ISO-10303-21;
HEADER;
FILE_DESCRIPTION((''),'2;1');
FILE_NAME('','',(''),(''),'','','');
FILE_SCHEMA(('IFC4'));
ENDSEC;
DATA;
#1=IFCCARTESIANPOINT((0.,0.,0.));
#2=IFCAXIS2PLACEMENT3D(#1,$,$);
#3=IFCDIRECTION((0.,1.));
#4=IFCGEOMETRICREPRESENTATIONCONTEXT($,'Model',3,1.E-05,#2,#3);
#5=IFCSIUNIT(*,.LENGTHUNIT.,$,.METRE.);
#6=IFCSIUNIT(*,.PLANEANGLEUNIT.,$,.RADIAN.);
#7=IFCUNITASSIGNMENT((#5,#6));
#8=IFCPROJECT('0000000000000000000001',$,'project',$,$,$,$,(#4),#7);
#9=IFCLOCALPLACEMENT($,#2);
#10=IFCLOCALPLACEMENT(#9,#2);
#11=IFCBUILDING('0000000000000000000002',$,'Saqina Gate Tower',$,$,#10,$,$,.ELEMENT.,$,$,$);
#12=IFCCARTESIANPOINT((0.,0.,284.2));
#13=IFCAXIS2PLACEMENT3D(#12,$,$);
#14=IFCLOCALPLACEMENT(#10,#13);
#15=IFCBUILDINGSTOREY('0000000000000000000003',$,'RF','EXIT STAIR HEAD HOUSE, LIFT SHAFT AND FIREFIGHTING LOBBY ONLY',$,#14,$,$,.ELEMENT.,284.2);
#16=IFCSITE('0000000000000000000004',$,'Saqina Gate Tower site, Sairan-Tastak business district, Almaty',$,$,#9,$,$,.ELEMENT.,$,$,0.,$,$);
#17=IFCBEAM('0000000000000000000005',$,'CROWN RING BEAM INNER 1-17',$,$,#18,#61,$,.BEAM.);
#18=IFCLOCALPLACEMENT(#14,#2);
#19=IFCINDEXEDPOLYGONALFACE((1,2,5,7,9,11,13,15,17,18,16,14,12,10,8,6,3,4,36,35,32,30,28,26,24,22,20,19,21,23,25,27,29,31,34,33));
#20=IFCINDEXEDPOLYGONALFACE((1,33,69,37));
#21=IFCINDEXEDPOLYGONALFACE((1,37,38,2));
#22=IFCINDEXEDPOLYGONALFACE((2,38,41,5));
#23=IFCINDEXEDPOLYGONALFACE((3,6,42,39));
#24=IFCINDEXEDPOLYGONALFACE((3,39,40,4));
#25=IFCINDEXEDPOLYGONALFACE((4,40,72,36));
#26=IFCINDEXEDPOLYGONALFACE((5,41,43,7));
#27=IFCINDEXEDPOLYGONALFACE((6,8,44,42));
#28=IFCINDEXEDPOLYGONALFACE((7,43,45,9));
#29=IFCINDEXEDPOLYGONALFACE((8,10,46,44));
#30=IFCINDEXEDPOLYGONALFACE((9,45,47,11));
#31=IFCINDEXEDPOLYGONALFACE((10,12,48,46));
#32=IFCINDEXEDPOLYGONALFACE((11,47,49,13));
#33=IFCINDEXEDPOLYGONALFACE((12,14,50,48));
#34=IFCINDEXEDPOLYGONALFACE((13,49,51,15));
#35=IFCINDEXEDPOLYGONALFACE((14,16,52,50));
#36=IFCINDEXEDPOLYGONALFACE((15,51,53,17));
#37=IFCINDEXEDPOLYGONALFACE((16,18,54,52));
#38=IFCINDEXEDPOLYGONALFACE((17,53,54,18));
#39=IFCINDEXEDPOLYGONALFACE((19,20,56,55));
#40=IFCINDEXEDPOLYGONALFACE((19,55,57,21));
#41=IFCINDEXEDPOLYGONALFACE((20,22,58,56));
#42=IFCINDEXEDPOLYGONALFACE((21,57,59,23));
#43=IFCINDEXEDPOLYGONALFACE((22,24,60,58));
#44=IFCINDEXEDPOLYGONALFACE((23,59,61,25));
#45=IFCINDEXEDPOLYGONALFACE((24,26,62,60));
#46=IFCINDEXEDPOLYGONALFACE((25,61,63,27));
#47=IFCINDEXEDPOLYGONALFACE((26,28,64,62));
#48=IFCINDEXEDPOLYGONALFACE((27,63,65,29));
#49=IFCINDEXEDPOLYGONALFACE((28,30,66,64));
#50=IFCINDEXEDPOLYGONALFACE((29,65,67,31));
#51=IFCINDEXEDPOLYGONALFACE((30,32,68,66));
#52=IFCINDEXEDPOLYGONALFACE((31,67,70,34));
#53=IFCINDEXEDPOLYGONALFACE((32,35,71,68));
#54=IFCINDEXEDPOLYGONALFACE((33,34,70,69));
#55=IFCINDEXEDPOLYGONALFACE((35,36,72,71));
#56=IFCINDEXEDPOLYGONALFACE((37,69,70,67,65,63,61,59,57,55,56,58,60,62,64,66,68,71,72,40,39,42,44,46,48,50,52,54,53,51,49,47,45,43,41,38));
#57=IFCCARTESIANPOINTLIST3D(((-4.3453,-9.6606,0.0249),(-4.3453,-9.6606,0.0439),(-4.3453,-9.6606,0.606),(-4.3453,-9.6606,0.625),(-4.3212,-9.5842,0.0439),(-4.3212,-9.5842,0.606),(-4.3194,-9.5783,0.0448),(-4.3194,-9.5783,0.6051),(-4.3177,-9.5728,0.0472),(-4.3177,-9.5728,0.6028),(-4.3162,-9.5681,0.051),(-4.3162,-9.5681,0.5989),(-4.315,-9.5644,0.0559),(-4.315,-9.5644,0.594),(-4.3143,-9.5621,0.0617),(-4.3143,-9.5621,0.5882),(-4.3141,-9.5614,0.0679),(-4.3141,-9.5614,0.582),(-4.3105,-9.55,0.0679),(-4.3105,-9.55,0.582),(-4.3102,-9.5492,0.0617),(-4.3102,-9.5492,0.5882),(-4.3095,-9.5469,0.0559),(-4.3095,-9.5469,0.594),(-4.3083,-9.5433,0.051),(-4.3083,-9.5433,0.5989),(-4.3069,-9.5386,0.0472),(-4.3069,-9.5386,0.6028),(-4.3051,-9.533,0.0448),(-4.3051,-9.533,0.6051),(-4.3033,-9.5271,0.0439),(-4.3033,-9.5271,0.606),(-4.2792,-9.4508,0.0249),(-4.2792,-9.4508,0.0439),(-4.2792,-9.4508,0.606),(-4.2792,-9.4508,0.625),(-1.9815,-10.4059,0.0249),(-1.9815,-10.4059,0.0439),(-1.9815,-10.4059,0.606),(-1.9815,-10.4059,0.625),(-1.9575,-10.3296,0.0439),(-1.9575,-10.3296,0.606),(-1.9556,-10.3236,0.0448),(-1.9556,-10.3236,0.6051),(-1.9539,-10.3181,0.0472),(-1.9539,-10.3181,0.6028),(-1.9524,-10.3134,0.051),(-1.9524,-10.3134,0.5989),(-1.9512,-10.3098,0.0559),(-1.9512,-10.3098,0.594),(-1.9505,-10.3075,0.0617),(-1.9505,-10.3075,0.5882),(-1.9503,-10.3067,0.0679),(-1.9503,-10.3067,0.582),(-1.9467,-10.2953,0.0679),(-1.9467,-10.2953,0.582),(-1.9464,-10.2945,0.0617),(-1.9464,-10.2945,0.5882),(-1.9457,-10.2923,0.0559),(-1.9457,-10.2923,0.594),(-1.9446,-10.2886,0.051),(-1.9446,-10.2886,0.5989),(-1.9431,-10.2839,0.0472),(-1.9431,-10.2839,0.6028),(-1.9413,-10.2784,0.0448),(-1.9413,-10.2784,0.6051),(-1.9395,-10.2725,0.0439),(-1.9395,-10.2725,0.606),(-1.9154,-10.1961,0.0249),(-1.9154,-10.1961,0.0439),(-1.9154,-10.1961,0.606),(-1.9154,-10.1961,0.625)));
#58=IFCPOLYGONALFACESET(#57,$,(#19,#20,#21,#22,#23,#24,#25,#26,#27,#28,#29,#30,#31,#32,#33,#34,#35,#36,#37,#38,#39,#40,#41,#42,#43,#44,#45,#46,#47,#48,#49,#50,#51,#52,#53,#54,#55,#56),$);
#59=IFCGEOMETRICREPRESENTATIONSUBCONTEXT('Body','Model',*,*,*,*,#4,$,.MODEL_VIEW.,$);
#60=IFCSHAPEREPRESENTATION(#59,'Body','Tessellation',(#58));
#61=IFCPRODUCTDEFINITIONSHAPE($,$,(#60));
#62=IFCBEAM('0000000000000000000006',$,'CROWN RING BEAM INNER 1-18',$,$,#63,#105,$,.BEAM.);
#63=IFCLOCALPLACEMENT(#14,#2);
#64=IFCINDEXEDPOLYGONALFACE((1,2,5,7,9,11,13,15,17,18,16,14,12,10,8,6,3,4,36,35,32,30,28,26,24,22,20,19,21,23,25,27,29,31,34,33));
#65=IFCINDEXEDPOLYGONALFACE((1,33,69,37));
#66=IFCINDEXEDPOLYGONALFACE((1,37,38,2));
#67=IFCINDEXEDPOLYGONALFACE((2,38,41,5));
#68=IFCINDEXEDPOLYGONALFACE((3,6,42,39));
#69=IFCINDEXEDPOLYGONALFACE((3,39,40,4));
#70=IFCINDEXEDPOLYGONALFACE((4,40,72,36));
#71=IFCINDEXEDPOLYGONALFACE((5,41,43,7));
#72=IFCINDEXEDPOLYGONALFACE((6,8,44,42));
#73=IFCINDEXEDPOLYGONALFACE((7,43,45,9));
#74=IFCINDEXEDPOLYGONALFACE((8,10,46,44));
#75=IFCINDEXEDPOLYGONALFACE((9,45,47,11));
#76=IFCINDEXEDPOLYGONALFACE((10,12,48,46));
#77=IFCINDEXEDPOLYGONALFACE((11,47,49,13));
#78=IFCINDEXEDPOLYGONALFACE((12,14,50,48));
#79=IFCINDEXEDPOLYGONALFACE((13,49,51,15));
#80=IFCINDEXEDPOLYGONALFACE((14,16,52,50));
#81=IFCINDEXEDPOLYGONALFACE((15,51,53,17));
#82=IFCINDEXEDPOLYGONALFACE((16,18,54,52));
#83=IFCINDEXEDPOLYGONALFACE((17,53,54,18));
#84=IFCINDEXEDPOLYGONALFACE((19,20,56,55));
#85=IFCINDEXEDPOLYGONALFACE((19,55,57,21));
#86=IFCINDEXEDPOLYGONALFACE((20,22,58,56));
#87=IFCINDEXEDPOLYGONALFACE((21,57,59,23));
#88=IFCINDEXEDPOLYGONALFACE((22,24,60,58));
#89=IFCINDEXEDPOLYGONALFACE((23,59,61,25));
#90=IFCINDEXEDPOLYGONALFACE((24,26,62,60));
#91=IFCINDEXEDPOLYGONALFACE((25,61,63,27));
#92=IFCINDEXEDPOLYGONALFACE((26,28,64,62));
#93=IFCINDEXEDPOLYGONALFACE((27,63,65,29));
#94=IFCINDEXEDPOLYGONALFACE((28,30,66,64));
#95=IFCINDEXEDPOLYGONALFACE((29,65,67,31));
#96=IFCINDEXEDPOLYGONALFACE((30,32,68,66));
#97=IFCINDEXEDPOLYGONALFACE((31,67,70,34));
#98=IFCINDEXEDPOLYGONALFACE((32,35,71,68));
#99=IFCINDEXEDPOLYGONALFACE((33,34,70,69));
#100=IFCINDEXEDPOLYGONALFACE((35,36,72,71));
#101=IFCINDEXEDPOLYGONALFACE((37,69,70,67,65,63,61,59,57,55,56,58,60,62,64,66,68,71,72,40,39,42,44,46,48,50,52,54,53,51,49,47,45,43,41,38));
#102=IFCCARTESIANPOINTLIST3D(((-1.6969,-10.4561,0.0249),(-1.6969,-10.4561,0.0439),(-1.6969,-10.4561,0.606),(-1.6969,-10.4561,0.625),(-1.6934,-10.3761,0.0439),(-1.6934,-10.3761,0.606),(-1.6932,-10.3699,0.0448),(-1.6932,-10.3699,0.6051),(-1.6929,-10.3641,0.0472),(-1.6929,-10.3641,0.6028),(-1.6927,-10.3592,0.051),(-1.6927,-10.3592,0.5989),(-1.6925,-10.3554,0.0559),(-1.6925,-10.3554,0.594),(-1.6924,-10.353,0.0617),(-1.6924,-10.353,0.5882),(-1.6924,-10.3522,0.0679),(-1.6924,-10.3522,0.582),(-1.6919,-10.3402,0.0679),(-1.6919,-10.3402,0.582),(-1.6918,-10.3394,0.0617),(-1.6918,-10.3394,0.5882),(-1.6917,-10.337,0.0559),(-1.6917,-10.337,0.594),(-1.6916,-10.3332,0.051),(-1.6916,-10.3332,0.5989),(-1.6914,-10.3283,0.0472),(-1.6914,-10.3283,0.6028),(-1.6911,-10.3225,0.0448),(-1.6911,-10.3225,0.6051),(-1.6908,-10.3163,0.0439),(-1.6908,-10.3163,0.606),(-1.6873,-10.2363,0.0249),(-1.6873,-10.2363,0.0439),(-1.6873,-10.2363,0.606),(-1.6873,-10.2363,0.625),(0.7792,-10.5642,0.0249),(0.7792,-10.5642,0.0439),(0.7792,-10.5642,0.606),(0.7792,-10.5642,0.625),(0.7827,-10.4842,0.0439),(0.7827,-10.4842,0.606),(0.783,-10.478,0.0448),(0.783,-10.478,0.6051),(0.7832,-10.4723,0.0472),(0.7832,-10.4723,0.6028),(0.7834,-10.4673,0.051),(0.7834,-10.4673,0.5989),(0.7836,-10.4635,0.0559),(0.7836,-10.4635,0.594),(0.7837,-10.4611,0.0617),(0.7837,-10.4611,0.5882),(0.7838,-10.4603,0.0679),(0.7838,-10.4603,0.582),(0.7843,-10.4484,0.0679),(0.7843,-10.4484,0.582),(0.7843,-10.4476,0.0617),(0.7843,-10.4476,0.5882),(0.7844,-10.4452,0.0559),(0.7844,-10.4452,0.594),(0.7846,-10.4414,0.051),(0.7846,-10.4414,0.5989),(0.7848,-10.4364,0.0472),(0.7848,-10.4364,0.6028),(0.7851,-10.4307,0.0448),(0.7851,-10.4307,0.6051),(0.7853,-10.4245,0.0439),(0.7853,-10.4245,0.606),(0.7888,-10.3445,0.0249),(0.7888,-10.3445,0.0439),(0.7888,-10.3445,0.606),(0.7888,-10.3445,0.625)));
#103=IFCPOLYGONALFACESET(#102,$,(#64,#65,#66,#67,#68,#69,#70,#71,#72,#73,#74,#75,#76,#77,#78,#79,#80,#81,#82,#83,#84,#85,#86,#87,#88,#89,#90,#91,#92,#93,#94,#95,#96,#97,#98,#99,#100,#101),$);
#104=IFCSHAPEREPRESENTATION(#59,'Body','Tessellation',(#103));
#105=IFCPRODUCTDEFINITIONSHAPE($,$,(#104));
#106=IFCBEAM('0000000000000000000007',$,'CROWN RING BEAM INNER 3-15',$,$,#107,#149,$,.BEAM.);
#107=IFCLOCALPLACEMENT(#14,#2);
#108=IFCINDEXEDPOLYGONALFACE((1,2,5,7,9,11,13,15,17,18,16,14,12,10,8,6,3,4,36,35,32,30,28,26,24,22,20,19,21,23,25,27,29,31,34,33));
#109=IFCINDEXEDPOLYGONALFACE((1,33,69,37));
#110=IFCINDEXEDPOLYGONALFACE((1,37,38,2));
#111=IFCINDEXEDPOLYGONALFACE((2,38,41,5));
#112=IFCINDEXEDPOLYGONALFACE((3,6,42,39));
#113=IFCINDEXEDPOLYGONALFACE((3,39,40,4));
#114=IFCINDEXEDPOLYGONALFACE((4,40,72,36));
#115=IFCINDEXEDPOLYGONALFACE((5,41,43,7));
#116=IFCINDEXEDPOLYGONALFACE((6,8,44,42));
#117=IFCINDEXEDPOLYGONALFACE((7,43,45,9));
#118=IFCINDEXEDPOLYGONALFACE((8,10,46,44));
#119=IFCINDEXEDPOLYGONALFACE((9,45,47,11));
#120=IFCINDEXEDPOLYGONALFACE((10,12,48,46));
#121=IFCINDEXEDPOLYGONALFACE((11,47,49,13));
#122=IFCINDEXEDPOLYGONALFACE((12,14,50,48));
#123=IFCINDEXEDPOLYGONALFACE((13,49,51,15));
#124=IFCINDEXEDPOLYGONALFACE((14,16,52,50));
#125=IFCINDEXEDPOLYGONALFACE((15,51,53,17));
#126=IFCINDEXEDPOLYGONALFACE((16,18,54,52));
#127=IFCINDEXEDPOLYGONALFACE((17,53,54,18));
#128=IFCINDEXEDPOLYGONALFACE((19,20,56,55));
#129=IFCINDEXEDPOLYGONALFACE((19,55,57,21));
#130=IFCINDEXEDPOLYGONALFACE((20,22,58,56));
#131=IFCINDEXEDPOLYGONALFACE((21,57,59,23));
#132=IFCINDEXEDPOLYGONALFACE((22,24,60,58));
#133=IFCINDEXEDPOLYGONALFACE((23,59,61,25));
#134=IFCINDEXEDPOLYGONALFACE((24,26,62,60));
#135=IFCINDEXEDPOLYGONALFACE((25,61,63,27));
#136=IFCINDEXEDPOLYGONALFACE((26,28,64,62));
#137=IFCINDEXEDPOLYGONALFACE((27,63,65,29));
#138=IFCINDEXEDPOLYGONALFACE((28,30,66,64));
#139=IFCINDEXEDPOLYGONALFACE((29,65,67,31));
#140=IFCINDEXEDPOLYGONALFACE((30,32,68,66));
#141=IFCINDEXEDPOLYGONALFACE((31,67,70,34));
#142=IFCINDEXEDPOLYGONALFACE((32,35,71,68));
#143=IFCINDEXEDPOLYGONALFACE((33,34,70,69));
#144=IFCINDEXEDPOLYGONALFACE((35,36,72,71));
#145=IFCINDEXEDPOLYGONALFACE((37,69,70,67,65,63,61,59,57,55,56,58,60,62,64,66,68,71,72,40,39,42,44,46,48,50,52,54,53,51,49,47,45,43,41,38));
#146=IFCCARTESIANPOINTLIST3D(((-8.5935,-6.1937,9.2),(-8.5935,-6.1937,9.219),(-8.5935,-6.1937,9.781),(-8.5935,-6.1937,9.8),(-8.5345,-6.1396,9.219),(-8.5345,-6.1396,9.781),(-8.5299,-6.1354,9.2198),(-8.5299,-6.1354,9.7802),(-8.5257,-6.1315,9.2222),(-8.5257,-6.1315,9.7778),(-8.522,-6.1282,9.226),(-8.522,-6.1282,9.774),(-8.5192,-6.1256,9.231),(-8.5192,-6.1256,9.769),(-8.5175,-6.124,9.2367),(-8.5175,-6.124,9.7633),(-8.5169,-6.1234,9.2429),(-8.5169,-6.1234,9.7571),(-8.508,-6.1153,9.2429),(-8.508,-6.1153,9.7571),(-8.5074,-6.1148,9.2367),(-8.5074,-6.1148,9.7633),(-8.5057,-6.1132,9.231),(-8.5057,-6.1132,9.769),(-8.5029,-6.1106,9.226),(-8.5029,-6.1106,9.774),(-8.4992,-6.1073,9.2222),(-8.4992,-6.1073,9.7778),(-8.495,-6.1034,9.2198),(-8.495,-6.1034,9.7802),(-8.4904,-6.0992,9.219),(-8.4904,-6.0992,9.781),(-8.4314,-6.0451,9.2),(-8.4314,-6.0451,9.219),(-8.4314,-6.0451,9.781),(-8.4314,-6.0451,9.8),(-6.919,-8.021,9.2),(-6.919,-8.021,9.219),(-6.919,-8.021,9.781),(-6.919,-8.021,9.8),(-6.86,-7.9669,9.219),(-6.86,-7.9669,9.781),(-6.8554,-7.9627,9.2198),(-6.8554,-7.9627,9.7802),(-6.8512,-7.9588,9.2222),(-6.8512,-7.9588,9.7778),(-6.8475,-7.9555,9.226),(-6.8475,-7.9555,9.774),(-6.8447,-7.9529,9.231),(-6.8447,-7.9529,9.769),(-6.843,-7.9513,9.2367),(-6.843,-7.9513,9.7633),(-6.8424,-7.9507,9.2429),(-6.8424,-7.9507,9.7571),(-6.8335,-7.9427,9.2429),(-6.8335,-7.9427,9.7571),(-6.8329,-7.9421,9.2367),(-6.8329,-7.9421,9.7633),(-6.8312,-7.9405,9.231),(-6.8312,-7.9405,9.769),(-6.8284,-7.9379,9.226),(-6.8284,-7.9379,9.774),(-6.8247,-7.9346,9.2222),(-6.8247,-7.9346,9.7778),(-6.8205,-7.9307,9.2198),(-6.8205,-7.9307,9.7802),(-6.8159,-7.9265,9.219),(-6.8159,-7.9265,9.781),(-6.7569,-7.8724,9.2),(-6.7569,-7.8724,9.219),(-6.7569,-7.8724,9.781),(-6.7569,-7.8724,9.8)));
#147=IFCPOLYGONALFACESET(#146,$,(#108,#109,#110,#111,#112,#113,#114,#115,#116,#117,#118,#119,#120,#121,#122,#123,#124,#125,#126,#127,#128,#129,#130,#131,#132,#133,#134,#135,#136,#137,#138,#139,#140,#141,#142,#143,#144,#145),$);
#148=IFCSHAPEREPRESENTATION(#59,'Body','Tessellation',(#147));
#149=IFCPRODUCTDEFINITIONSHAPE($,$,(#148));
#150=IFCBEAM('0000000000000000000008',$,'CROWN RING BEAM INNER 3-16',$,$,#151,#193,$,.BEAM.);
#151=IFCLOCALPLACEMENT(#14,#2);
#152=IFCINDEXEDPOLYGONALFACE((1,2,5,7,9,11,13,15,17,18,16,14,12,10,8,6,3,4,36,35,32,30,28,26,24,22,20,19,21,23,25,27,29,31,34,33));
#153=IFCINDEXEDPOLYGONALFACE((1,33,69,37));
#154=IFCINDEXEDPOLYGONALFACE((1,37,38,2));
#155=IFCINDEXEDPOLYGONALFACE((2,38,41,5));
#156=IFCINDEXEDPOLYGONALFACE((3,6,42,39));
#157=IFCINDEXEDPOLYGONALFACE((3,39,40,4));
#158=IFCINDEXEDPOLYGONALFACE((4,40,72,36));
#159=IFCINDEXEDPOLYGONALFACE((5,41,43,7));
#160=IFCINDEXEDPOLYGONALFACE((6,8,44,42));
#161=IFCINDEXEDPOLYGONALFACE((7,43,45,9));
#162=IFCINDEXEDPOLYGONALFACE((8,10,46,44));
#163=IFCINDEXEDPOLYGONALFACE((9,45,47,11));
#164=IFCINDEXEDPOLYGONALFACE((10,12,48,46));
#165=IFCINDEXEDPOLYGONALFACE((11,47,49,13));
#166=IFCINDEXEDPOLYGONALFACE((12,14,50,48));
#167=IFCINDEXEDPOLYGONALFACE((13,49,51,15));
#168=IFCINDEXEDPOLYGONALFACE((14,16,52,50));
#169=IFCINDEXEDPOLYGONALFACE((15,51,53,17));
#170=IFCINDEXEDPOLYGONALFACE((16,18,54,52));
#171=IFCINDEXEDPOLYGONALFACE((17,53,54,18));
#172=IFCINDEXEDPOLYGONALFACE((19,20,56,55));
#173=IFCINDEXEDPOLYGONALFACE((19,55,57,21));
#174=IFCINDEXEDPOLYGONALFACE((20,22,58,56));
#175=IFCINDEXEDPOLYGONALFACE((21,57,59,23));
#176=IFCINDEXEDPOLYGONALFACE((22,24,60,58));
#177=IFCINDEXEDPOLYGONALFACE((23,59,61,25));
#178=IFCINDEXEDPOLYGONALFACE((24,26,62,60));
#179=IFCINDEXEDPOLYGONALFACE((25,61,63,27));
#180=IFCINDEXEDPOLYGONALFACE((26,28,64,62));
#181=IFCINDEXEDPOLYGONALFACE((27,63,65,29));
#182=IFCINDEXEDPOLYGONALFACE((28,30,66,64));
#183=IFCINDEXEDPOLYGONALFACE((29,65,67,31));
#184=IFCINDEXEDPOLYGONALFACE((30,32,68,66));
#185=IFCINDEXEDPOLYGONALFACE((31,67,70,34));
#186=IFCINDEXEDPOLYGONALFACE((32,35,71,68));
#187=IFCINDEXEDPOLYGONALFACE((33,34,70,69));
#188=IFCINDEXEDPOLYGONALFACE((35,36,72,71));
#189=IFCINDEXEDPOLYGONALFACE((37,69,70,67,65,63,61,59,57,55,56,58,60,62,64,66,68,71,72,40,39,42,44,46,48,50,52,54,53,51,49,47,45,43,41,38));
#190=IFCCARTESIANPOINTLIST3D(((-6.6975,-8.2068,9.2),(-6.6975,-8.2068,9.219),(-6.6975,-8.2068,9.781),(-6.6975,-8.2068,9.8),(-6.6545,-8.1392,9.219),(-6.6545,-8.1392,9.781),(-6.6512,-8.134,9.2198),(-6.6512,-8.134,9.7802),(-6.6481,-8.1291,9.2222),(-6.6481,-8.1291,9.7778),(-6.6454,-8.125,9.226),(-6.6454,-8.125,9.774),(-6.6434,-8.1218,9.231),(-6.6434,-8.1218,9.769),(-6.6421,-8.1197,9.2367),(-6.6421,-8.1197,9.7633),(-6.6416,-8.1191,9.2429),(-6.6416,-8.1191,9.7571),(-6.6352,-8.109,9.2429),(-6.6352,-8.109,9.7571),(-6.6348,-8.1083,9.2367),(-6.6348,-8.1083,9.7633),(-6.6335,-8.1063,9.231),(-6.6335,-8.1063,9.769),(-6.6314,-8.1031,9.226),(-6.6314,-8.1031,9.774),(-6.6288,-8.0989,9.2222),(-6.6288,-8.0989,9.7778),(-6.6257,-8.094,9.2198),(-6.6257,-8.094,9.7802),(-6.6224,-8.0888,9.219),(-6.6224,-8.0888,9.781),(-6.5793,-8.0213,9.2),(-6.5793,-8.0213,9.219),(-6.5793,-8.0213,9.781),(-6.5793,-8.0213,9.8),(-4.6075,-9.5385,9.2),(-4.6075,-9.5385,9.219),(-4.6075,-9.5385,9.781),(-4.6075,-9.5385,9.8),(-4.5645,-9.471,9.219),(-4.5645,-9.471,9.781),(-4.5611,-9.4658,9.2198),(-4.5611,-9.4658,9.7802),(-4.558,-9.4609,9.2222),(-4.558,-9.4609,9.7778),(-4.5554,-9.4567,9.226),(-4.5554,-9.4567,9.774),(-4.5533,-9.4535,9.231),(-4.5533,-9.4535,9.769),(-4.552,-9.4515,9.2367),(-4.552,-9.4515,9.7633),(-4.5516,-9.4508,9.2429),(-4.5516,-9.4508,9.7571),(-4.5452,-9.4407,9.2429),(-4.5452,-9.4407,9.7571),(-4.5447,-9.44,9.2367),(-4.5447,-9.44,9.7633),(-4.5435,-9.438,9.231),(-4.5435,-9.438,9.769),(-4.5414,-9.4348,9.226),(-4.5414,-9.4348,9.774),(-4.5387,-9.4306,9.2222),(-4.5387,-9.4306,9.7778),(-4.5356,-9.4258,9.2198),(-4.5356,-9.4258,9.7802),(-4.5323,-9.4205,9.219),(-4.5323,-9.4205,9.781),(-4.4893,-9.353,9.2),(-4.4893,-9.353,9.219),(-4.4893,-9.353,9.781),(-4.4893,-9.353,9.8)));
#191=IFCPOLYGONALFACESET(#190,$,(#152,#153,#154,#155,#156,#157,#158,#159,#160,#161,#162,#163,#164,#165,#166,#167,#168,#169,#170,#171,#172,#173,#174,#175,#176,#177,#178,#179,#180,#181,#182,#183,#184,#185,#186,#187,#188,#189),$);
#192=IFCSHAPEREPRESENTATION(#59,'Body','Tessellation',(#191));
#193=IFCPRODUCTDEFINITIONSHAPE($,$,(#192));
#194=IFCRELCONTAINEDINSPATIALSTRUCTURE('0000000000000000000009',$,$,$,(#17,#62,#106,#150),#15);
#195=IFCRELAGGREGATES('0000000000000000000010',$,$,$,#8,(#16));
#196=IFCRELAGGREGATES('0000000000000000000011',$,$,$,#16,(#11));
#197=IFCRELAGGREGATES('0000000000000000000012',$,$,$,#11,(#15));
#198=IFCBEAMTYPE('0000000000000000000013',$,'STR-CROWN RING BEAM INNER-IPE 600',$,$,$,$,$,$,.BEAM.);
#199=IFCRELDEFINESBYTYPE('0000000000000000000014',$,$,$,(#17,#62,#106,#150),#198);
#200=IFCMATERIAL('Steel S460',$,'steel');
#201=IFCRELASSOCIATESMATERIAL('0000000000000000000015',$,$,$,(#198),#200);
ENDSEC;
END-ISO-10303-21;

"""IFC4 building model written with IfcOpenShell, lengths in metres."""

from ifc_helpers import new_model, si_unit, direction, frame, origin, origin_2d, place, context, subcontext, project, spatial, i_section, extrude, material, material_profile, profile_set, type_object, element, save


model = new_model("IFC4")

# Units and contexts
model_context = context("Model", 3, precision=1e-05, world=origin(), true_north=direction((0.0, 1.0)))
body_context = subcontext(model_context, "Body", "Model", "MODEL_VIEW")
ifc_project = project(units=[si_unit("LENGTHUNIT", "METRE"), si_unit("PLANEANGLEUNIT", "RADIAN")], contexts=[model_context])

# Site, building, storey
site_placement = place(None, origin())
site = spatial("IfcSite", under=ifc_project, at=site_placement, Name="Saqina Gate Tower site, Sairan-Tastak business district, Almaty", CompositionType="ELEMENT", RefElevation=0.0)
building_placement = place(site_placement, origin())
building = spatial("IfcBuilding", under=site, at=building_placement, Name="Saqina Gate Tower", CompositionType="ELEMENT")
storey_placement = place(building_placement, frame((0.0, 0.0, 284.2)))
storey = spatial("IfcBuildingStorey", under=building, at=storey_placement, Name="RF", Description="EXIT STAIR HEAD HOUSE, LIFT SHAFT AND FIREFIGHTING LOBBY ONLY", CompositionType="ELEMENT", Elevation=284.2)

# Beams
ifc_material_1 = material(Name="Steel S460", Category="steel")
ifc_material_profile_1 = material_profile(ifc_material_1, i_section(OverallWidth=0.22, OverallDepth=0.6001, WebThickness=0.012, FlangeThickness=0.019, FilletRadius=0.0239, at=origin_2d()), Name="IPE 600")
ifc_profile_set_1 = profile_set([ifc_material_profile_1], Name="Steel S460")
beam_type = type_object("IfcBeamType", Name="STR-CROWN RING BEAM INNER-IPE 600", PredefinedType="BEAM", material=ifc_profile_set_1)
for number, where, z_axis, x_axis, name in (
    (1, (-4.3123, -9.5557, 0.325), (0.953709, -0.300731, 0.0), (0.300731, 0.953709, 0.0), "CROWN RING BEAM INNER 1-17"),
    (2, (-1.6921, -10.3462, 0.325), (0.999047, -0.043638, 0.0), (0.043638, 0.999047, 0.0), "CROWN RING BEAM INNER 1-18"),
    (3, (-8.5125, -6.1194, 9.5), (0.675604, -0.737265, 0.0), (0.737265, 0.675604, 0.0), "CROWN RING BEAM INNER 3-15"),
):
    element("IfcBeam", number, at=place(storey_placement, frame(where, z_axis=z_axis, x_axis=x_axis)), inside=storey, type_object=beam_type, Name=name, PredefinedType="BEAM", context=body_context, shape_type="SweptSolid", body=[
        extrude(i_section(OverallWidth=0.22, OverallDepth=0.6001, WebThickness=0.012, FlangeThickness=0.019, FilletRadius=0.0239, at=origin_2d()), origin(), (0.0, 0.0, 1.0), 2.4785),
    ])
beam_1_placement = place(storey_placement, frame((-6.6384, -8.114, 9.5), z_axis=(0.843345, -0.537373, 0.0), x_axis=(0.537373, 0.843345, 0.0)))
element("IfcBeam", 4, at=beam_1_placement, inside=storey, type_object=beam_type, Name="CROWN RING BEAM INNER 3-16", PredefinedType="BEAM", context=body_context, shape_type="SweptSolid", body=[
    extrude(i_section(OverallWidth=0.22, OverallDepth=0.6001, WebThickness=0.012, FlangeThickness=0.019, FilletRadius=0.0239, at=origin_2d()), origin(), (0.0, 0.0, 1.0), 2.4783),
])

save(model, "model.ifc")
